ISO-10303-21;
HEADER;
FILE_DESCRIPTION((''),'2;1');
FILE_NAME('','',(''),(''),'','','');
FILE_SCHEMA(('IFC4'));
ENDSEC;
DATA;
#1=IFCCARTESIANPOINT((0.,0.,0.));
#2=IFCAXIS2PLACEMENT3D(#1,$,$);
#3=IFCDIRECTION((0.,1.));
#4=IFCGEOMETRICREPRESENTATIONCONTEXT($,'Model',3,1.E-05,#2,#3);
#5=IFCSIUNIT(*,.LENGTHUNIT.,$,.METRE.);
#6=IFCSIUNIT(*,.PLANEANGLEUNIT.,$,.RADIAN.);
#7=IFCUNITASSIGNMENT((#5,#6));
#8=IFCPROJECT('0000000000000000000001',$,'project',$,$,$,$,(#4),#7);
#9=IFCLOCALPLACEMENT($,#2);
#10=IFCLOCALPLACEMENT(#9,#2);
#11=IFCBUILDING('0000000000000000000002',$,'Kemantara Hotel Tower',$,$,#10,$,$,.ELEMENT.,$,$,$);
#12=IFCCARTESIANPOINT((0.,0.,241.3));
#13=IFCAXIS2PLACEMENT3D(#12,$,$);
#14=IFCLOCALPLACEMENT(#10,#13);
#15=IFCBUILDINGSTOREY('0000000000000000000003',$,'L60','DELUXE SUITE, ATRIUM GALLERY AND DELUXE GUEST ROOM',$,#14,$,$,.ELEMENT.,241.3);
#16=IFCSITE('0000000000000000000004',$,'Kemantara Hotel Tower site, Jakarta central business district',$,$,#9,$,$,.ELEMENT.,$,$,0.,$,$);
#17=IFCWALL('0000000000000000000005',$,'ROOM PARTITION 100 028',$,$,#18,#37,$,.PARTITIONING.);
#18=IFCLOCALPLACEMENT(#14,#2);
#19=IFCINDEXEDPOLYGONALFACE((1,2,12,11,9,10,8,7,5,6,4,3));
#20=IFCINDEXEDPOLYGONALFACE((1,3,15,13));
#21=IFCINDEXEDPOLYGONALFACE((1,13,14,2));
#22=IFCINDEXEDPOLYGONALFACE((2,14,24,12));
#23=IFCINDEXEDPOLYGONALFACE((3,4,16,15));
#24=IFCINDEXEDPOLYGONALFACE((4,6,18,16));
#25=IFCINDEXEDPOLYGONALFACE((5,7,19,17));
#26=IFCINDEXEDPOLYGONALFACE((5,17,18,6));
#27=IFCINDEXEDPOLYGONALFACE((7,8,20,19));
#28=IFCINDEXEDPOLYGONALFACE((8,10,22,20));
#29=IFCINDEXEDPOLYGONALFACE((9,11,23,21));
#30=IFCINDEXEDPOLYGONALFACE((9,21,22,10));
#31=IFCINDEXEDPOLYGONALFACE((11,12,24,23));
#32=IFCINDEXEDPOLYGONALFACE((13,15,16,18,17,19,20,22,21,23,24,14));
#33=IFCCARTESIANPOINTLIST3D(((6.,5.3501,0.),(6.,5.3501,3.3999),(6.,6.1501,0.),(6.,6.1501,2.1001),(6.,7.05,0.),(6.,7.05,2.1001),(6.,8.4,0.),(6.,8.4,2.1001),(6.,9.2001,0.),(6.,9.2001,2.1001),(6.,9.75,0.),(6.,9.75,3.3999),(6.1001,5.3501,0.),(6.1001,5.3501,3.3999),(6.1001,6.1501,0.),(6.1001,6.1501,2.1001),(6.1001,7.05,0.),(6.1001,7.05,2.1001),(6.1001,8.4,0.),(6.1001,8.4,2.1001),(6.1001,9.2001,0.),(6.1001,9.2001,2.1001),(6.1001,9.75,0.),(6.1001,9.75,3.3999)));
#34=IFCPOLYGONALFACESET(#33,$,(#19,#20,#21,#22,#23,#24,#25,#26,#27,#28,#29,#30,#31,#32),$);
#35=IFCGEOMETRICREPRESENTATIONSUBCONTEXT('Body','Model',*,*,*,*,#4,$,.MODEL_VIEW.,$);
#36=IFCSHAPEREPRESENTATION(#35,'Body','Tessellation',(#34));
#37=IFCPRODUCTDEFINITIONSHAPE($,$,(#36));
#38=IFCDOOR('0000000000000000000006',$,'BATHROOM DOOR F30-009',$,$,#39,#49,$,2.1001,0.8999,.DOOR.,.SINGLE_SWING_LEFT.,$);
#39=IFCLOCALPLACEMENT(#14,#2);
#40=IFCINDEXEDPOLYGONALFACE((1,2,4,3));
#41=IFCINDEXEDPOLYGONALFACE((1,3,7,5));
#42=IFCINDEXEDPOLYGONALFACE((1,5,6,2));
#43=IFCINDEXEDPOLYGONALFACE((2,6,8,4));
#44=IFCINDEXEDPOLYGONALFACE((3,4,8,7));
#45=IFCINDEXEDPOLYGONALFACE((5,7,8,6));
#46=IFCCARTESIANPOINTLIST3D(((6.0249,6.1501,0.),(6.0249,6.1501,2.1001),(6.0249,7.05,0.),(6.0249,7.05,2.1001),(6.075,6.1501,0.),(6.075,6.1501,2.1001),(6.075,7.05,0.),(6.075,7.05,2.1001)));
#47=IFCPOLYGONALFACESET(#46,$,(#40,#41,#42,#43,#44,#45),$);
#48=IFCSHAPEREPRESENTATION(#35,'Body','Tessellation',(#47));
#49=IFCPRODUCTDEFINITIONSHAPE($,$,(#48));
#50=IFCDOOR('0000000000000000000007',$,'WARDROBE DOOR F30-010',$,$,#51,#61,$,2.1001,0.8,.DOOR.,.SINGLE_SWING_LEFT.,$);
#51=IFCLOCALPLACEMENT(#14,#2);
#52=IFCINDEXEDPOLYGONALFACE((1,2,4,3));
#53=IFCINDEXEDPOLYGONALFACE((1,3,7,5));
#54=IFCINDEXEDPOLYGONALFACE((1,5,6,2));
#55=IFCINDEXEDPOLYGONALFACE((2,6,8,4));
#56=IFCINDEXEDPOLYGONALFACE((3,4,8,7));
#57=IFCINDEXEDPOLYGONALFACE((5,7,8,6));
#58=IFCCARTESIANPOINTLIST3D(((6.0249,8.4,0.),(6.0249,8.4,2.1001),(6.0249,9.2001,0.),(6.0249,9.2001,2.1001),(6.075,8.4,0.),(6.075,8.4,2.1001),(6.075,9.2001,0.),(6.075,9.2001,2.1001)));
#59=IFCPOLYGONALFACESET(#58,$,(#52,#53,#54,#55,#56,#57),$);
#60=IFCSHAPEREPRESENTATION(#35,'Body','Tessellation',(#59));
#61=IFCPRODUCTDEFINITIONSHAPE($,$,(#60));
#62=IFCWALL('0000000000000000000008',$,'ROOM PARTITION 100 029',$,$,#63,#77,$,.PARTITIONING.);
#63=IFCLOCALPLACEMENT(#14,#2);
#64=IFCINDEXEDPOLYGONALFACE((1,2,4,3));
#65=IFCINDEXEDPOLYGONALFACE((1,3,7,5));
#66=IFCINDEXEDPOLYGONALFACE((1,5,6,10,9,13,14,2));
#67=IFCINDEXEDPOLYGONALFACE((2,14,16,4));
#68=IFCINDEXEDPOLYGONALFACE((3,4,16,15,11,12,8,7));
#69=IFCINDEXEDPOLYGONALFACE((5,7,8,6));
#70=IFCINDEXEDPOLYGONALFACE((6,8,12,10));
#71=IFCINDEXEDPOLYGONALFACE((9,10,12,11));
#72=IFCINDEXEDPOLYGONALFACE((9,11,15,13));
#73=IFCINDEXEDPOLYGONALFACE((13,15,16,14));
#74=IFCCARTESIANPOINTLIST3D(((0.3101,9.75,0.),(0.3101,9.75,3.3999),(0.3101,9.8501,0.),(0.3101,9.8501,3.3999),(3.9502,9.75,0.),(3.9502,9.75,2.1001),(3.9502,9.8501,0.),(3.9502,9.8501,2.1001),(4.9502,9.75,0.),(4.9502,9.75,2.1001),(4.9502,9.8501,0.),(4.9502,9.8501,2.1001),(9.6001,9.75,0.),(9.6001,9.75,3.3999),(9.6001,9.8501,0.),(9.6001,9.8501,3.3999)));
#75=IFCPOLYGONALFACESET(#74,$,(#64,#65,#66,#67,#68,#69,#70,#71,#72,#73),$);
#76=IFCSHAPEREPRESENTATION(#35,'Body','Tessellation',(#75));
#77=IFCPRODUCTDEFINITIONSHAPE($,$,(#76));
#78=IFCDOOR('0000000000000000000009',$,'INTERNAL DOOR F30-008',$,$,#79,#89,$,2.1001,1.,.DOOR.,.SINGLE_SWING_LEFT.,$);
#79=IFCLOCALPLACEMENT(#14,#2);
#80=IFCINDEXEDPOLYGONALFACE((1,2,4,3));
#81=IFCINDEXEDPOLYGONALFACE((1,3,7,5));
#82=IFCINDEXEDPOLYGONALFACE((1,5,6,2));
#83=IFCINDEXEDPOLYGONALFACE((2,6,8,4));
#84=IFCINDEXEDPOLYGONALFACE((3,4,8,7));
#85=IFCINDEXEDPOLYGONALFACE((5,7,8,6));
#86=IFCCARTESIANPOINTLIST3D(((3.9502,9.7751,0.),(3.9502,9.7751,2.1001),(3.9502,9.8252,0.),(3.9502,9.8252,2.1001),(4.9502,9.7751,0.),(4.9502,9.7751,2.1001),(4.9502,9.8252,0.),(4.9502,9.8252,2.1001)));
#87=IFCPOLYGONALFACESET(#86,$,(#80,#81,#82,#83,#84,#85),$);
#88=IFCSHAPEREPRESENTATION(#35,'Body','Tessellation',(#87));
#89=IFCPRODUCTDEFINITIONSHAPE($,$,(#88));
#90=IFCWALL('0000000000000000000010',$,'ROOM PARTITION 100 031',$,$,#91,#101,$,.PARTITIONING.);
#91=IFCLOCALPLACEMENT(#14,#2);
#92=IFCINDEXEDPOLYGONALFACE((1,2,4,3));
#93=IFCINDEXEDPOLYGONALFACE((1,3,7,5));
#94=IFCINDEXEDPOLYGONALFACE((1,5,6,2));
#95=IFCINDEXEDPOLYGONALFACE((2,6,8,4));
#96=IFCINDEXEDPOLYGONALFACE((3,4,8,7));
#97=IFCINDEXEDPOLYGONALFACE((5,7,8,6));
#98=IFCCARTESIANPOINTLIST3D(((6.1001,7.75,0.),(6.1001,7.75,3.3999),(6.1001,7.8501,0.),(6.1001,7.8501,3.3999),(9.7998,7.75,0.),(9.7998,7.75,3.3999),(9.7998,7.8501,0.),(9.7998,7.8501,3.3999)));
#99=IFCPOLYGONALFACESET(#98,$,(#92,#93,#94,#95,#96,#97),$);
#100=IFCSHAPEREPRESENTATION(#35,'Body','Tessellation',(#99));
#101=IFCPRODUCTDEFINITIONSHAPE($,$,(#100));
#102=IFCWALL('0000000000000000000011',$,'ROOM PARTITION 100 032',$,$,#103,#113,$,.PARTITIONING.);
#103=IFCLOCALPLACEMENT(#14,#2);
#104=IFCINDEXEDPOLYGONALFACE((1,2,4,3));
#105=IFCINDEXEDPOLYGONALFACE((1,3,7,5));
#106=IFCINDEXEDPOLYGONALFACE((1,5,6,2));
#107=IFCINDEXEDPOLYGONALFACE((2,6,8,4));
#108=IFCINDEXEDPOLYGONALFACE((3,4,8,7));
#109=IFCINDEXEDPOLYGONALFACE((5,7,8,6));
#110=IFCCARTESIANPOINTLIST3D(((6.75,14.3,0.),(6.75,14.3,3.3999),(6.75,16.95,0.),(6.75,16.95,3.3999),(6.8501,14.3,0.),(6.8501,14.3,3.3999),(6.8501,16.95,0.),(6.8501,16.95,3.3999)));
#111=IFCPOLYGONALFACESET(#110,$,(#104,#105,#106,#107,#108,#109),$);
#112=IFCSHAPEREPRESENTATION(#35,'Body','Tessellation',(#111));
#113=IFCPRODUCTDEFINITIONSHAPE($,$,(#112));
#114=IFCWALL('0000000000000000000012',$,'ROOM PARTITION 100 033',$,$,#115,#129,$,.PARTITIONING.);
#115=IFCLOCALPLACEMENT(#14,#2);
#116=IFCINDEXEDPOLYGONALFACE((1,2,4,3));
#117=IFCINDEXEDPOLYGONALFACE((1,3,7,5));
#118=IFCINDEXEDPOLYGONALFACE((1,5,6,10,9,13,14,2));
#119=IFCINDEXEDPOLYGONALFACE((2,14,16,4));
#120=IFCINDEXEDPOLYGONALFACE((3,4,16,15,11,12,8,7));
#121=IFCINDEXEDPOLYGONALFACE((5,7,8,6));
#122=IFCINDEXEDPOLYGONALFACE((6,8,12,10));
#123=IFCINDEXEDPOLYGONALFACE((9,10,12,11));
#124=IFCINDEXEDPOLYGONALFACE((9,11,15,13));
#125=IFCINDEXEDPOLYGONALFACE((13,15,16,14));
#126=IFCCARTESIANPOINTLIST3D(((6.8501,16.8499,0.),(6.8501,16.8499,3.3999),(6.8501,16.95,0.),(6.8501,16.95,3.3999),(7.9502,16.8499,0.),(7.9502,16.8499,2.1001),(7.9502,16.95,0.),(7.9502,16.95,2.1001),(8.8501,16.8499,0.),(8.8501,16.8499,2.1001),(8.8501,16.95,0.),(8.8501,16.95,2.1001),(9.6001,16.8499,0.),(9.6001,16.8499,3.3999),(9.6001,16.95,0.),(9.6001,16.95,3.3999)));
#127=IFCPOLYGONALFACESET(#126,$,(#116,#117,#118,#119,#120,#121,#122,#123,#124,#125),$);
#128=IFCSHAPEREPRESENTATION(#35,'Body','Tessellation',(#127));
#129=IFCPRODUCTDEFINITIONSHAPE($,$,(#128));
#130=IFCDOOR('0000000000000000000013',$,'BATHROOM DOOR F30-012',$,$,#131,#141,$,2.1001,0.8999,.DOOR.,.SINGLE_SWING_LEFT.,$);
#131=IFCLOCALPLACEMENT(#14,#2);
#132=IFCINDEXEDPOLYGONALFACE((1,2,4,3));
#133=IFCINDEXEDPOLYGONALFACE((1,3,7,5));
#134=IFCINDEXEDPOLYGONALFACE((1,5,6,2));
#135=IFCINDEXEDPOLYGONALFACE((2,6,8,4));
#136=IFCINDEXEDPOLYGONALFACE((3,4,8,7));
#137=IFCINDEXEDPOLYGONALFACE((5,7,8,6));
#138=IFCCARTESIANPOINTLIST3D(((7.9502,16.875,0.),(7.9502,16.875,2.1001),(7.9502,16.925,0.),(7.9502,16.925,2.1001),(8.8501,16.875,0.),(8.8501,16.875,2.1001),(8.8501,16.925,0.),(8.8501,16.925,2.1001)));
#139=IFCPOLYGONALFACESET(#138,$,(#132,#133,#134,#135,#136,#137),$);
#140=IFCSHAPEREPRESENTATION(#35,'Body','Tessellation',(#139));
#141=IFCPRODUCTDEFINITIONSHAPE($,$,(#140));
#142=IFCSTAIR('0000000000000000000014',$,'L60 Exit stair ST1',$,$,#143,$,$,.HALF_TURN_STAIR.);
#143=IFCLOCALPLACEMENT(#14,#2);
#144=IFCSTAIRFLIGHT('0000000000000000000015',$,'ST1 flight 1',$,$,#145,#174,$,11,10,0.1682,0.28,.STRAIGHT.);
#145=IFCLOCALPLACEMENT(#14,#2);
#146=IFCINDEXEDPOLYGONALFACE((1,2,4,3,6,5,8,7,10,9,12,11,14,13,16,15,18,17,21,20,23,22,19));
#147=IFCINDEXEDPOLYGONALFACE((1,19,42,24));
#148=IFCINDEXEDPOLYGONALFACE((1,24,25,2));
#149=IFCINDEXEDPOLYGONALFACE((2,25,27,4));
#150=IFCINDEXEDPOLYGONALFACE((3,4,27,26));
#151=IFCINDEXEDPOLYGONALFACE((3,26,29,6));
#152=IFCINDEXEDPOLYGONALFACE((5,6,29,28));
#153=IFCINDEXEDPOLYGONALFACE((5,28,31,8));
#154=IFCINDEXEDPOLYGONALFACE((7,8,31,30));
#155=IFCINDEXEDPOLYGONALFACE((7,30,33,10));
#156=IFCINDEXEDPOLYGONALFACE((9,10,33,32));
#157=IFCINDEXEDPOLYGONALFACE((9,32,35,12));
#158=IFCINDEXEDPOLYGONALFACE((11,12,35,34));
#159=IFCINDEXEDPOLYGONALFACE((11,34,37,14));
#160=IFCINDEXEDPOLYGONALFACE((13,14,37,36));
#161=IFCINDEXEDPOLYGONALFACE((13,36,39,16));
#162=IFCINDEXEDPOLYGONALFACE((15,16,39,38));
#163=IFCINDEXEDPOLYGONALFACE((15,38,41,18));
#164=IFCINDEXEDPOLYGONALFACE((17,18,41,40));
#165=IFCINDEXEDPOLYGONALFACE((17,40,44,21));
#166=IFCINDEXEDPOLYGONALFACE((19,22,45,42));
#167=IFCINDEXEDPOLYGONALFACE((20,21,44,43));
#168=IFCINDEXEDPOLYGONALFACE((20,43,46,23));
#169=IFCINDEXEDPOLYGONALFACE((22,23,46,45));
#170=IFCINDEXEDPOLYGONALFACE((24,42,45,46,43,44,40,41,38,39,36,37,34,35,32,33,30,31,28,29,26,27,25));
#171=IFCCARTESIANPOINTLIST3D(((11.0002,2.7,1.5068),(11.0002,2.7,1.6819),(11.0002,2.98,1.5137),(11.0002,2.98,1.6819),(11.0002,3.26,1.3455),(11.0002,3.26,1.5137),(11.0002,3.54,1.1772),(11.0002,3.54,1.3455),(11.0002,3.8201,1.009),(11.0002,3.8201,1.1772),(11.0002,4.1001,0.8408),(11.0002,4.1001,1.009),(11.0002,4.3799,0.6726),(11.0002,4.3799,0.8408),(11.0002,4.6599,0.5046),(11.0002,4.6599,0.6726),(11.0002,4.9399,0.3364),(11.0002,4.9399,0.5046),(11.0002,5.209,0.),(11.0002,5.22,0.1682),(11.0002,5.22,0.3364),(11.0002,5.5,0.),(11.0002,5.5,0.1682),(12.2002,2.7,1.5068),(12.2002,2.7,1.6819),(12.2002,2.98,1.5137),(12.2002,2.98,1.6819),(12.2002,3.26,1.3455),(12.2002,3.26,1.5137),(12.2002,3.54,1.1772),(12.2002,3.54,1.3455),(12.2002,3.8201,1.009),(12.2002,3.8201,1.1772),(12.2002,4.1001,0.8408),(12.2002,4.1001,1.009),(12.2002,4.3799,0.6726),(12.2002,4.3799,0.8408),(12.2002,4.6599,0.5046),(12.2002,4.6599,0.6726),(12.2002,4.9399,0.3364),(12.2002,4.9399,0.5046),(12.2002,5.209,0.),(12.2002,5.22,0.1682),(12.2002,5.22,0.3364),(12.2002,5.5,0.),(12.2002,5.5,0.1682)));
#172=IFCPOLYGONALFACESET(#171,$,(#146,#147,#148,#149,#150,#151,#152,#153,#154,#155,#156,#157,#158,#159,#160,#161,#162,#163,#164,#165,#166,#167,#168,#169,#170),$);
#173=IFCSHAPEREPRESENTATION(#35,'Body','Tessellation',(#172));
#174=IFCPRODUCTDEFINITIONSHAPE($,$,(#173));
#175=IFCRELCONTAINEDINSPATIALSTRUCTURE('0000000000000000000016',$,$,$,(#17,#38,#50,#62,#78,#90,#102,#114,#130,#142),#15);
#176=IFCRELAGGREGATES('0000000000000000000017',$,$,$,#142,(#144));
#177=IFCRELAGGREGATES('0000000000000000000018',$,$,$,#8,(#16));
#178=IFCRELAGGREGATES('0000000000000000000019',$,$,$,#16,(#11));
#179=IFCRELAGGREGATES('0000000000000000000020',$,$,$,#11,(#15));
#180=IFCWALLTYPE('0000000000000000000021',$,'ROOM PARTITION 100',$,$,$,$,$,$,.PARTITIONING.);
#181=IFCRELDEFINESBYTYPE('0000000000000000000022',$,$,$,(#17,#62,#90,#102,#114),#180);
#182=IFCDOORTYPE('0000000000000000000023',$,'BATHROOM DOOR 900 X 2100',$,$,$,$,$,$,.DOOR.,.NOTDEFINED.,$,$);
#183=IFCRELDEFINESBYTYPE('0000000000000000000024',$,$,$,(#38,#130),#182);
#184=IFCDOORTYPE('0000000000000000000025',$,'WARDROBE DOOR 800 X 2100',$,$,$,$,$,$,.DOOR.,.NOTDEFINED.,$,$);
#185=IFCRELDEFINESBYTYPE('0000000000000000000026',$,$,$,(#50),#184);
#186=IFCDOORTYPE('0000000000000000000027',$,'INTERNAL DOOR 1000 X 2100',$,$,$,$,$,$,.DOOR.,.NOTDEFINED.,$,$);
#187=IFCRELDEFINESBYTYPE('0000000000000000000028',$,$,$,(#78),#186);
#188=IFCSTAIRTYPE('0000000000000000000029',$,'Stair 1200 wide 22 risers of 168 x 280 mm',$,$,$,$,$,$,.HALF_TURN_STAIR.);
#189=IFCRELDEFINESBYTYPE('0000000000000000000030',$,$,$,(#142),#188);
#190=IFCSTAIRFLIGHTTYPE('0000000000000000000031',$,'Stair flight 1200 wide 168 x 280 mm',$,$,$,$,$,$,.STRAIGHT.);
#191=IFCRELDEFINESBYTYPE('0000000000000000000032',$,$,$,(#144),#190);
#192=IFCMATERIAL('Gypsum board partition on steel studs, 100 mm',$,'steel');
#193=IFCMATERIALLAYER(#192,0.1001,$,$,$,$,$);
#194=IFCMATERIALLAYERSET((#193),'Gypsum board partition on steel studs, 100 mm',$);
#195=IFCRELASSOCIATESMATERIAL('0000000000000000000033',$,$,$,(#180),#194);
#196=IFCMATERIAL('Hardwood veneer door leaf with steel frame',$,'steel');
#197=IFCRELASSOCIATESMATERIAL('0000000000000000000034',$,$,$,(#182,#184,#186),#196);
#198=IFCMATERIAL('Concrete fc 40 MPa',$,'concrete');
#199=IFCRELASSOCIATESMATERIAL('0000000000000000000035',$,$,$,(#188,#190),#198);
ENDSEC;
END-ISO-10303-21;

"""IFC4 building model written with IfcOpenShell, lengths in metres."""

from ifc_helpers import new_model, si_unit, direction, frame, frame_2d, origin, place, context, subcontext, project, spatial, polyline, rectangle, outline, extrude, material, layer, layer_set, type_object, element, fill, aggregate, save


model = new_model("IFC4")

# Units and contexts
model_context = context("Model", 3, precision=1e-05, world=origin(), true_north=direction((0.0, 1.0)))
body_context = subcontext(model_context, "Body", "Model", "MODEL_VIEW")
ifc_project = project(units=[si_unit("LENGTHUNIT", "METRE"), si_unit("PLANEANGLEUNIT", "RADIAN")], contexts=[model_context])

# Site, building, storey
site_placement = place(None, origin())
site = spatial("IfcSite", under=ifc_project, at=site_placement, Name="Kemantara Hotel Tower site, Jakarta central business district", CompositionType="ELEMENT", RefElevation=0.0)
building_placement = place(site_placement, origin())
building = spatial("IfcBuilding", under=site, at=building_placement, Name="Kemantara Hotel Tower", CompositionType="ELEMENT")
storey_placement = place(building_placement, frame((0.0, 0.0, 241.3)))
storey = spatial("IfcBuildingStorey", under=building, at=storey_placement, Name="L60", Description="DELUXE SUITE, ATRIUM GALLERY AND DELUXE GUEST ROOM", CompositionType="ELEMENT", Elevation=241.3)

# Shared definitions
ifc_material_1 = material(Name="Hardwood veneer door leaf with steel frame", Category="steel")

# Wall, openings, doors
ifc_material_2 = material(Name="Gypsum board partition on steel studs, 100 mm", Category="steel")
ifc_layer_1 = layer(ifc_material_2, 0.1001)
ifc_layer_set_1 = layer_set([ifc_layer_1], Name="Gypsum board partition on steel studs, 100 mm")
wall_type_1 = type_object("IfcWallType", Name="ROOM PARTITION 100", PredefinedType="PARTITIONING", material=ifc_layer_set_1)
wall_1_placement = place(storey_placement, frame((6.05, 9.75, 0.0), z_axis=(0.0, 0.0, 1.0), x_axis=(0.0, -1.0, 0.0)))
wall_1 = element("IfcWall", 1, at=wall_1_placement, inside=storey, type_object=wall_type_1, Name="ROOM PARTITION 100 028", PredefinedType="PARTITIONING", context=body_context, shape_type="SweptSolid", body=[
    extrude(rectangle(XDim=4.3999, YDim=0.1001, at=frame_2d((2.2, 0.0))), origin(), (0.0, 0.0, 1.0), 3.3999),
])
opening_1_placement = place(wall_1_placement, frame((2.7, 0.0, 0.0)))
opening_1 = element("IfcOpeningElement", 2, at=opening_1_placement, cuts=wall_1, PredefinedType="OPENING", context=body_context, shape_type="SweptSolid", body=[
    extrude(rectangle(XDim=0.8999, YDim=2.1001, at=frame_2d((0.45, 1.05))), frame((0.0, 0.0601, 0.0), z_axis=(0.0, -1.0, 0.0), x_axis=(1.0, 0.0, 0.0)), (0.0, 0.0, 1.0), 0.1201),
])
opening_2_placement = place(wall_1_placement, frame((0.55, 0.0, 0.0)))
opening_2 = element("IfcOpeningElement", 3, at=opening_2_placement, cuts=wall_1, PredefinedType="OPENING", context=body_context, shape_type="SweptSolid", body=[
    extrude(rectangle(XDim=0.8, YDim=2.1001, at=frame_2d((0.3999, 1.05))), frame((0.0, 0.0601, 0.0), z_axis=(0.0, -1.0, 0.0), x_axis=(1.0, 0.0, 0.0)), (0.0, 0.0, 1.0), 0.1201),
])
door_type_1 = type_object("IfcDoorType", Name="BATHROOM DOOR 900 X 2100", OperationType="NOTDEFINED", PredefinedType="DOOR", material=ifc_material_1)
door_1_placement = place(opening_1_placement, origin())
door_1 = element("IfcDoor", 4, at=door_1_placement, inside=storey, type_object=door_type_1, Name="BATHROOM DOOR F30-009", OperationType="SINGLE_SWING_LEFT", OverallHeight=2.1001, OverallWidth=0.8999, PredefinedType="DOOR", context=body_context, shape_type="SweptSolid", body=[
    extrude(rectangle(XDim=0.8999, YDim=2.1001, at=frame_2d((0.45, 1.05))), frame((0.0, 0.0249, 0.0), z_axis=(0.0, -1.0, 0.0), x_axis=(1.0, 0.0, 0.0)), (0.0, 0.0, 1.0), 0.05),
])
fill(opening_1, door_1)
door_type_2 = type_object("IfcDoorType", Name="WARDROBE DOOR 800 X 2100", OperationType="NOTDEFINED", PredefinedType="DOOR", material=ifc_material_1)
door_2_placement = place(opening_2_placement, origin())
door_2 = element("IfcDoor", 5, at=door_2_placement, inside=storey, type_object=door_type_2, Name="WARDROBE DOOR F30-010", OperationType="SINGLE_SWING_LEFT", OverallHeight=2.1001, OverallWidth=0.8, PredefinedType="DOOR", context=body_context, shape_type="SweptSolid", body=[
    extrude(rectangle(XDim=0.8, YDim=2.1001, at=frame_2d((0.3999, 1.05))), frame((0.0, 0.0249, 0.0), z_axis=(0.0, -1.0, 0.0), x_axis=(1.0, 0.0, 0.0)), (0.0, 0.0, 1.0), 0.05),
])
fill(opening_2, door_2)

# Wall, opening, door
wall_2_placement = place(storey_placement, frame((9.6001, 9.8, 0.0), z_axis=(0.0, 0.0, 1.0), x_axis=(-1.0, 0.0, 0.0)))
wall_2 = element("IfcWall", 6, at=wall_2_placement, inside=storey, type_object=wall_type_1, Name="ROOM PARTITION 100 029", PredefinedType="PARTITIONING", context=body_context, shape_type="SweptSolid", body=[
    extrude(rectangle(XDim=9.29, YDim=0.1001, at=frame_2d((4.645, 0.0))), origin(), (0.0, 0.0, 1.0), 3.3999),
])
opening_3_placement = place(wall_2_placement, frame((4.6499, 0.0, 0.0)))
opening_3 = element("IfcOpeningElement", 7, at=opening_3_placement, cuts=wall_2, PredefinedType="OPENING", context=body_context, shape_type="SweptSolid", body=[
    extrude(rectangle(XDim=1.0, YDim=2.1001, at=frame_2d((0.5, 1.05))), frame((0.0, 0.0601, 0.0), z_axis=(0.0, -1.0, 0.0), x_axis=(1.0, 0.0, 0.0)), (0.0, 0.0, 1.0), 0.1201),
])
door_type_3 = type_object("IfcDoorType", Name="INTERNAL DOOR 1000 X 2100", OperationType="NOTDEFINED", PredefinedType="DOOR", material=ifc_material_1)
door_3_placement = place(opening_3_placement, origin())
door_3 = element("IfcDoor", 8, at=door_3_placement, inside=storey, type_object=door_type_3, Name="INTERNAL DOOR F30-008", OperationType="SINGLE_SWING_LEFT", OverallHeight=2.1001, OverallWidth=1.0, PredefinedType="DOOR", context=body_context, shape_type="SweptSolid", body=[
    extrude(rectangle(XDim=1.0, YDim=2.1001, at=frame_2d((0.5, 1.05))), frame((0.0, 0.0249, 0.0), z_axis=(0.0, -1.0, 0.0), x_axis=(1.0, 0.0, 0.0)), (0.0, 0.0, 1.0), 0.05),
])
fill(opening_3, door_3)

# Walls
wall_3_placement = place(storey_placement, frame((6.1001, 7.8, 0.0), z_axis=(0.0, 0.0, 1.0), x_axis=(1.0, 0.0, 0.0)))
element("IfcWall", 9, at=wall_3_placement, inside=storey, type_object=wall_type_1, Name="ROOM PARTITION 100 031", PredefinedType="PARTITIONING", context=body_context, shape_type="SweptSolid", body=[
    extrude(rectangle(XDim=3.6997, YDim=0.1001, at=frame_2d((1.8499, 0.0))), origin(), (0.0, 0.0, 1.0), 3.3999),
])
wall_4_placement = place(storey_placement, frame((6.8, 14.3, 0.0), z_axis=(0.0, 0.0, 1.0), x_axis=(0.0, 1.0, 0.0)))
element("IfcWall", 10, at=wall_4_placement, inside=storey, type_object=wall_type_1, Name="ROOM PARTITION 100 032", PredefinedType="PARTITIONING", context=body_context, shape_type="SweptSolid", body=[
    extrude(rectangle(XDim=2.6499, YDim=0.1001, at=frame_2d((1.325, 0.0))), origin(), (0.0, 0.0, 1.0), 3.3999),
])

# Wall, opening, door
wall_5_placement = place(storey_placement, frame((9.6001, 16.8999, 0.0), z_axis=(0.0, 0.0, 1.0), x_axis=(-1.0, 0.0, 0.0)))
wall_5 = element("IfcWall", 11, at=wall_5_placement, inside=storey, type_object=wall_type_1, Name="ROOM PARTITION 100 033", PredefinedType="PARTITIONING", context=body_context, shape_type="SweptSolid", body=[
    extrude(rectangle(XDim=2.75, YDim=0.1001, at=frame_2d((1.375, 0.0))), origin(), (0.0, 0.0, 1.0), 3.3999),
])
opening_4_placement = place(wall_5_placement, frame((0.75, 0.0, 0.0)))
opening_4 = element("IfcOpeningElement", 12, at=opening_4_placement, cuts=wall_5, PredefinedType="OPENING", context=body_context, shape_type="SweptSolid", body=[
    extrude(rectangle(XDim=0.8999, YDim=2.1001, at=frame_2d((0.45, 1.05))), frame((0.0, 0.0601, 0.0), z_axis=(0.0, -1.0, 0.0), x_axis=(1.0, 0.0, 0.0)), (0.0, 0.0, 1.0), 0.1201),
])
door_4_placement = place(opening_4_placement, origin())
door_4 = element("IfcDoor", 13, at=door_4_placement, inside=storey, type_object=door_type_1, Name="BATHROOM DOOR F30-012", OperationType="SINGLE_SWING_LEFT", OverallHeight=2.1001, OverallWidth=0.8999, PredefinedType="DOOR", context=body_context, shape_type="SweptSolid", body=[
    extrude(rectangle(XDim=0.8999, YDim=2.1001, at=frame_2d((0.45, 1.05))), frame((0.0, 0.0249, 0.0), z_axis=(0.0, -1.0, 0.0), x_axis=(1.0, 0.0, 0.0)), (0.0, 0.0, 1.0), 0.05),
])
fill(opening_4, door_4)

# Stair, stair flight
ifc_material_3 = material(Name="Concrete fc 40 MPa", Category="concrete")
stair_type = type_object("IfcStairType", Name="Stair 1200 wide 22 risers of 168 x 280 mm", PredefinedType="HALF_TURN_STAIR", material=ifc_material_3)
stair_placement = place(storey_placement, origin())
stair = element("IfcStair", 14, at=stair_placement, inside=storey, type_object=stair_type, Name="L60 Exit stair ST1", PredefinedType="HALF_TURN_STAIR")
stair_flight_type = type_object("IfcStairFlightType", Name="Stair flight 1200 wide 168 x 280 mm", PredefinedType="STRAIGHT", material=ifc_material_3)
stair_flight_placement = place(storey_placement, frame((11.6001, 5.5, 0.0), z_axis=(0.0, 0.0, 1.0), x_axis=(0.0, -1.0, 0.0)))
stair_flight = element("IfcStairFlight", 15, at=stair_flight_placement, type_object=stair_flight_type, Name="ST1 flight 1", NumberOfRisers=11, NumberOfTreads=10, PredefinedType="STRAIGHT", RiserHeight=0.1682, TreadLength=0.28, context=body_context, shape_type="SweptSolid", body=[
    extrude(outline(polyline([(0.0, 0.0), (0.0, 0.1682), (0.28, 0.1682), (0.28, 0.3364), (0.5601, 0.3364), (0.5601, 0.5046), (0.8401, 0.5046), (0.8401, 0.6726), (1.1201, 0.6726), (1.1201, 0.8408), (1.3999, 0.8408), (1.3999, 1.009), (1.6799, 1.009), (1.6799, 1.1772), (1.96, 1.1772), (1.96, 1.3455), (2.24, 1.3455), (2.24, 1.5137), (2.52, 1.5137), (2.52, 1.6819), (2.8, 1.6819), (2.8, 1.8501), (2.8, 1.5068), (0.291, 0.0), (0.0, 0.0)])), frame((0.0, 0.6001, 0.0), z_axis=(0.0, -1.0, 0.0), x_axis=(1.0, 0.0, 0.0)), (0.0, 0.0, 1.0), 1.2),
])
aggregate(stair, [stair_flight])

save(model, "model.ifc")
